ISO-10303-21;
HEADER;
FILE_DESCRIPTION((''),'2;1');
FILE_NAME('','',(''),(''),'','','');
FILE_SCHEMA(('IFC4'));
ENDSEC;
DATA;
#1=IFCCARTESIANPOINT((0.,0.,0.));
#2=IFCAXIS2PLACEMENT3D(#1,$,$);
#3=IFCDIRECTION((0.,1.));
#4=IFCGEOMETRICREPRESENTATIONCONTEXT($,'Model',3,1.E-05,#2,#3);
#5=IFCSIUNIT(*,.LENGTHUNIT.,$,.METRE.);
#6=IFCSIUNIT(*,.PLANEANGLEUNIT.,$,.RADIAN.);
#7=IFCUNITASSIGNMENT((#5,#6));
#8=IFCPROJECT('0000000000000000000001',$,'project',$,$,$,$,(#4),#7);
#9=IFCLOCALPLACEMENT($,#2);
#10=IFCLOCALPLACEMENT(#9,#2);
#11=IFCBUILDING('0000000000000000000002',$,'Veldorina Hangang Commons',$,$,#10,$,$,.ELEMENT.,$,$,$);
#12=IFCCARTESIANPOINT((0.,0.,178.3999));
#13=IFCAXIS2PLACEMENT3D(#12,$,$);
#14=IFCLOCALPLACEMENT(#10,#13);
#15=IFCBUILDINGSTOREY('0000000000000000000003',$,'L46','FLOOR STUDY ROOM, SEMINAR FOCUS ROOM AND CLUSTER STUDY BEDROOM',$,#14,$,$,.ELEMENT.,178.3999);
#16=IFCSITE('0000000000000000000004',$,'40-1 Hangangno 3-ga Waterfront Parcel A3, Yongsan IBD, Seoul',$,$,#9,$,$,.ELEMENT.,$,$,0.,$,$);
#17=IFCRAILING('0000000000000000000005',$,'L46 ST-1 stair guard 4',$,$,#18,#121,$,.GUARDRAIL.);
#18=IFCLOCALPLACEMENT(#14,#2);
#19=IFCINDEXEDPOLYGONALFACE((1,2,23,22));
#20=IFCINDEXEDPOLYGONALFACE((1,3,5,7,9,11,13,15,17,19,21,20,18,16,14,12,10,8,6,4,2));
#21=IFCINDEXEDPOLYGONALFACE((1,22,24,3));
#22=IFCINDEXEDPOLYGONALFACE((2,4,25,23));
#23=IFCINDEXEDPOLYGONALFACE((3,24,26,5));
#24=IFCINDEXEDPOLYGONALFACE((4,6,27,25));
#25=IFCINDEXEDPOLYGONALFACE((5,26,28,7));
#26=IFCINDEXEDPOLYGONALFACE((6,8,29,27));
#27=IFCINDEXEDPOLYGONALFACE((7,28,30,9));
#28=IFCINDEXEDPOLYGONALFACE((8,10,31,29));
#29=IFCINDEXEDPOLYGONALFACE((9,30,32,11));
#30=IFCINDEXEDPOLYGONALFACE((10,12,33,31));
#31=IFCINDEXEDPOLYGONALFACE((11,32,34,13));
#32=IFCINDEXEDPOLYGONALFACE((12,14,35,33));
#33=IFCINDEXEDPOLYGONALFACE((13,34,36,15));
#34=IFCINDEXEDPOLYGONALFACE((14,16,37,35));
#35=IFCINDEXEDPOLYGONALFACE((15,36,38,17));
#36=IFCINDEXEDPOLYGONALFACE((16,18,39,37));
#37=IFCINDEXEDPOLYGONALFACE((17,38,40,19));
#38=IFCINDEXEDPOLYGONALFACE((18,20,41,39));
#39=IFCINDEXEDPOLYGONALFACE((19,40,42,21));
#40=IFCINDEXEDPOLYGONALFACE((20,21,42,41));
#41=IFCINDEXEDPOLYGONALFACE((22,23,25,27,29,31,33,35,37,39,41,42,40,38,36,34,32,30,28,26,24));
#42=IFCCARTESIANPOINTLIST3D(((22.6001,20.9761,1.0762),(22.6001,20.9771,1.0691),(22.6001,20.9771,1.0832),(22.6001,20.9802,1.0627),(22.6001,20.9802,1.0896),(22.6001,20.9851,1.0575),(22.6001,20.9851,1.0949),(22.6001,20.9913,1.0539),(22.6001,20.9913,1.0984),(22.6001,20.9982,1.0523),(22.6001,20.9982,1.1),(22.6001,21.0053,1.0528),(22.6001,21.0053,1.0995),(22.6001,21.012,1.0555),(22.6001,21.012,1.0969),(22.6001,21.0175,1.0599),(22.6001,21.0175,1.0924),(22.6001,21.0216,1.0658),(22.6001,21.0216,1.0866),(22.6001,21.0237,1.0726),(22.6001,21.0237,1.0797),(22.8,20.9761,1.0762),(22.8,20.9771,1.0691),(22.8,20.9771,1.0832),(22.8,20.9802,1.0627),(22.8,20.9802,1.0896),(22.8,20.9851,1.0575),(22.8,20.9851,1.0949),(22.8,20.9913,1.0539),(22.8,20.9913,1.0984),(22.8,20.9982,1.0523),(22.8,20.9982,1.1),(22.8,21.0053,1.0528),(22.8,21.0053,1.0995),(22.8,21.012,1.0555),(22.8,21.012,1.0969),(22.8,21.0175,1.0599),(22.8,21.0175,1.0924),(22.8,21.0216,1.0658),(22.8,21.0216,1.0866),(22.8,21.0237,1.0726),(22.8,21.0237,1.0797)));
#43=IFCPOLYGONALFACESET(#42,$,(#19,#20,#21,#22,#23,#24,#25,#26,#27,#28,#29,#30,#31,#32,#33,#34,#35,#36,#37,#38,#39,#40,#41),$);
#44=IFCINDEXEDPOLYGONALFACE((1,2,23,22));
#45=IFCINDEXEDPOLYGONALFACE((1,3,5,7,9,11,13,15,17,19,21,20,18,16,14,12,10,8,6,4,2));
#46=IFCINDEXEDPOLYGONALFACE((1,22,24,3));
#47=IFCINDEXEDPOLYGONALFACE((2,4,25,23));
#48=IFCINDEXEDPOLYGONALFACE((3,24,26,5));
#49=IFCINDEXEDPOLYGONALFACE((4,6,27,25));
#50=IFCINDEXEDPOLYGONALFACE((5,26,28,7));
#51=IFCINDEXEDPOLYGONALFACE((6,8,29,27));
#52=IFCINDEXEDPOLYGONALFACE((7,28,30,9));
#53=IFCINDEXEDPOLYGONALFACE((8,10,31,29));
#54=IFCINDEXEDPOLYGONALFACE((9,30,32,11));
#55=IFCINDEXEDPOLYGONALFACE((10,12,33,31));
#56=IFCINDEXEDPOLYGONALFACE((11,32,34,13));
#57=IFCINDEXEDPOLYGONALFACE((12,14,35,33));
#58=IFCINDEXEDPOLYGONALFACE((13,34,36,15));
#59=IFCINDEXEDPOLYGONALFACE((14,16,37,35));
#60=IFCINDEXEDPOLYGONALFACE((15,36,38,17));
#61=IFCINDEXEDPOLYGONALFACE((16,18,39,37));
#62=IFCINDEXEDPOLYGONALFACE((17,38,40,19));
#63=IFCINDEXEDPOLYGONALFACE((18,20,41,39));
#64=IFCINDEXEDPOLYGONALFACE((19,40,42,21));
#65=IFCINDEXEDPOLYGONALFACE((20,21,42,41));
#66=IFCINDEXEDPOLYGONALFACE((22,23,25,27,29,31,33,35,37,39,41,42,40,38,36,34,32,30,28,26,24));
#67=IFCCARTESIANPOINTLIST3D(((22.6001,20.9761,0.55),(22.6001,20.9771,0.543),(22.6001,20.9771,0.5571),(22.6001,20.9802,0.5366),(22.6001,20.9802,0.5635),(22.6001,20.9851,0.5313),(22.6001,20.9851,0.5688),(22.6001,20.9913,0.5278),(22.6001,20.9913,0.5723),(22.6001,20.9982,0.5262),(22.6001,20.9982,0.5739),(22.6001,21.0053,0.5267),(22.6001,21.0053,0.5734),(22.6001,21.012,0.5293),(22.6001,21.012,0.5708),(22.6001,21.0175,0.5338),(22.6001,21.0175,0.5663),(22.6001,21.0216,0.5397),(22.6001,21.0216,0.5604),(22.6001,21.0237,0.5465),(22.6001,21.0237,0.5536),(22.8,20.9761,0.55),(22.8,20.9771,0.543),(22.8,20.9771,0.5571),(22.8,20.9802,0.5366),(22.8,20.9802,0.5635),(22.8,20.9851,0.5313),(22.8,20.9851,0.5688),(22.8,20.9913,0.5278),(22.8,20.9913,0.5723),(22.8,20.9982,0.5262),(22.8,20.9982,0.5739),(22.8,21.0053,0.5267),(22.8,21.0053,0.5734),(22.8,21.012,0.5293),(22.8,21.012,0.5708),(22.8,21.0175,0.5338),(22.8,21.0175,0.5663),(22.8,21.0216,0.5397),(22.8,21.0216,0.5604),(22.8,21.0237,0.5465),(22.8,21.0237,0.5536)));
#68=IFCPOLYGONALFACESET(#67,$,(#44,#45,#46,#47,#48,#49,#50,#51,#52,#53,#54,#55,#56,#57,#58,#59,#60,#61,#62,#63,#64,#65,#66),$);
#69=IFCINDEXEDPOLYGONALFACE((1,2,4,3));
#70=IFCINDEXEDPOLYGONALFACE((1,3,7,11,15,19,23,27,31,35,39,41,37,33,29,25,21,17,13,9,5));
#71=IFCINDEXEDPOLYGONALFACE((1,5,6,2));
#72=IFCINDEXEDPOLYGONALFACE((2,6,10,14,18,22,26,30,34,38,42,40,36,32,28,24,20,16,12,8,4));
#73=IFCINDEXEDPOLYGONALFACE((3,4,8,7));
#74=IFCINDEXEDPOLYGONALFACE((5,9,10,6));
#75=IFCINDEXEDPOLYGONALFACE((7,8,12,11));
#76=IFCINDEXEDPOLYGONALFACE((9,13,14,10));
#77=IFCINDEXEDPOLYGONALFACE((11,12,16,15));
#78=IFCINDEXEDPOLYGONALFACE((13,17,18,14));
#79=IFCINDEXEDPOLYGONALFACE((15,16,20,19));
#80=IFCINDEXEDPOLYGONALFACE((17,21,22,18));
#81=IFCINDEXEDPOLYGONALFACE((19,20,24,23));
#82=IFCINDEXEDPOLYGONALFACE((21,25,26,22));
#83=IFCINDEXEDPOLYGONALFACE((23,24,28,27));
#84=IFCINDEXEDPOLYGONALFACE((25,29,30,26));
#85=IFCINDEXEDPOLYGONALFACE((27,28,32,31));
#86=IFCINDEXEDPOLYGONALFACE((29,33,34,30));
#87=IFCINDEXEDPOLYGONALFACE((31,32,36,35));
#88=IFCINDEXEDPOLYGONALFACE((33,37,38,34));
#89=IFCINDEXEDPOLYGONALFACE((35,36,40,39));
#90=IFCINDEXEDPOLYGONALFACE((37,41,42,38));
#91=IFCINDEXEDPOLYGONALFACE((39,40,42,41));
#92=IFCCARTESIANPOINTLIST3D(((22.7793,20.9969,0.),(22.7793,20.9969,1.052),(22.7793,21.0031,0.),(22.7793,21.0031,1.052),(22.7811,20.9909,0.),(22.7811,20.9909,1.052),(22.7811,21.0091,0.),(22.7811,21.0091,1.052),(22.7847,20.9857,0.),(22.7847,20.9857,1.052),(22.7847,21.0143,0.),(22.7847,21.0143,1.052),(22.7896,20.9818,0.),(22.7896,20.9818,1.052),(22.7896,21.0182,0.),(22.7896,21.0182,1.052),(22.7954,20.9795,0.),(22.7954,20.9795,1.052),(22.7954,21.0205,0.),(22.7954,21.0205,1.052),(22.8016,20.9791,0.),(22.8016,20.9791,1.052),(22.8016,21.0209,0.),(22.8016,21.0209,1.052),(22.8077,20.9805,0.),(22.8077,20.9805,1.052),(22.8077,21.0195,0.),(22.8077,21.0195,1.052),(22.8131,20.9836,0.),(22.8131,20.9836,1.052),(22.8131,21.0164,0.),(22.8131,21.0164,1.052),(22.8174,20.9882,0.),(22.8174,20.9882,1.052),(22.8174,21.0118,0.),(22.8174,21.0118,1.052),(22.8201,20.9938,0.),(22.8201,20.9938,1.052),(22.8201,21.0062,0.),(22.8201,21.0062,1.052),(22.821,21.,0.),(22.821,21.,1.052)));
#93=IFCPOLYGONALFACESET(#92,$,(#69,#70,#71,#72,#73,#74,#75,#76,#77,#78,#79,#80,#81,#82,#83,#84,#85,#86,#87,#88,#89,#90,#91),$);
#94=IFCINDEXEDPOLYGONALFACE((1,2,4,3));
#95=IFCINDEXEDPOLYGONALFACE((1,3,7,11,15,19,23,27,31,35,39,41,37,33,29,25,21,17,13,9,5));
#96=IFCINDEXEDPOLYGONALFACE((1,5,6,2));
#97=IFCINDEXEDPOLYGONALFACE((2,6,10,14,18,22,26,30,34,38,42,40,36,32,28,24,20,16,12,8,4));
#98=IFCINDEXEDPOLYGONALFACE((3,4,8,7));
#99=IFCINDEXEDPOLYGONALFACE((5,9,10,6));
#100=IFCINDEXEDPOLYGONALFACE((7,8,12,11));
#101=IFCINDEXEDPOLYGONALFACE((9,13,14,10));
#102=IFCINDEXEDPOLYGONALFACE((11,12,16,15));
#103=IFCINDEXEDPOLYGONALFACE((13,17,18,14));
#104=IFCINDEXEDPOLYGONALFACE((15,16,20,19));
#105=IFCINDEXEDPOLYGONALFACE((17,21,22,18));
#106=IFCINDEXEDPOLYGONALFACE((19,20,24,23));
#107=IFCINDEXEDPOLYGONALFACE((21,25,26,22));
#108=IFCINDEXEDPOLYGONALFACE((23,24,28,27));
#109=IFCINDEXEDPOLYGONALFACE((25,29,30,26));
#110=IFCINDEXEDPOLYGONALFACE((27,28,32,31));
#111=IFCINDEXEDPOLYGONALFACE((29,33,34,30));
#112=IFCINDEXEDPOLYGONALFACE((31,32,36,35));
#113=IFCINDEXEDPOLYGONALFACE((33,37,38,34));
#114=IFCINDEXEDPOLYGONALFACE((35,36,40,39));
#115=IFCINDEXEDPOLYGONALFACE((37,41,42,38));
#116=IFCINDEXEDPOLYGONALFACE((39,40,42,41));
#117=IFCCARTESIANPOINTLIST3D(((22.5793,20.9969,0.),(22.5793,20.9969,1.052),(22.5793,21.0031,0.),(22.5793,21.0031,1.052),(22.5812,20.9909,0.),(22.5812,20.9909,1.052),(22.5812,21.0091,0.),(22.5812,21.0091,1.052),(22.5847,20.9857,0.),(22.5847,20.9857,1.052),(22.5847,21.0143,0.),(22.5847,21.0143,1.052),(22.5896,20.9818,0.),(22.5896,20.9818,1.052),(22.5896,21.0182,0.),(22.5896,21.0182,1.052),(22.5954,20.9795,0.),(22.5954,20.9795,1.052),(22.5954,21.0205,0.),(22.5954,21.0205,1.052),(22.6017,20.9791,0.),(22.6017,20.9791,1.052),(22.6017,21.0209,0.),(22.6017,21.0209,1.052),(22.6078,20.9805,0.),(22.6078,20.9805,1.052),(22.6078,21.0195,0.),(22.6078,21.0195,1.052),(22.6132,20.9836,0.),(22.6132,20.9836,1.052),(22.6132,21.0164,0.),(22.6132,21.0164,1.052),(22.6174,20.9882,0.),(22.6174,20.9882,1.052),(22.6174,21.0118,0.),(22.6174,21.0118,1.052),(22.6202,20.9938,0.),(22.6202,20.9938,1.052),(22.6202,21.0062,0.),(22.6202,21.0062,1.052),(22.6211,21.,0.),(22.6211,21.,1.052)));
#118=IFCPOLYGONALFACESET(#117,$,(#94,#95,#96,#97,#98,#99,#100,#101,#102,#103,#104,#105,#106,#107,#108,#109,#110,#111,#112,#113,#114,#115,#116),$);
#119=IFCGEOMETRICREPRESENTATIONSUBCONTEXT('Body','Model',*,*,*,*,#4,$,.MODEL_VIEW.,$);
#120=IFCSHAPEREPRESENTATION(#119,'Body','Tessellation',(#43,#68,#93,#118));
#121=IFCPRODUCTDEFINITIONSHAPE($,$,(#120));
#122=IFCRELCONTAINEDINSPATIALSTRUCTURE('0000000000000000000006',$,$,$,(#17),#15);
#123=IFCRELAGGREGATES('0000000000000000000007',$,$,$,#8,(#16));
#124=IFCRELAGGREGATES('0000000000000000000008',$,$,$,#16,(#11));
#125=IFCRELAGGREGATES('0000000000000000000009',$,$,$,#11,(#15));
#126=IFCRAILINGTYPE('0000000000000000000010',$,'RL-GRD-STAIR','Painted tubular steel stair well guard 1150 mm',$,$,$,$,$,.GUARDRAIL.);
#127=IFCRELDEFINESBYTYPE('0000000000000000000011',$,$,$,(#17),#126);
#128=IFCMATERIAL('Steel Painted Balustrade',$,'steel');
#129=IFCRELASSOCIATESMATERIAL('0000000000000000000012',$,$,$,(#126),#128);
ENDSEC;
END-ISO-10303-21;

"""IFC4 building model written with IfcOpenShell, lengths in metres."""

from ifc_helpers import new_model, si_unit, direction, frame, origin, origin_2d, place, context, subcontext, project, spatial, circle, extrude, material, type_object, element, save


model = new_model("IFC4")

# Units and contexts
model_context = context("Model", 3, precision=1e-05, world=origin(), true_north=direction((0.0, 1.0)))
body_context = subcontext(model_context, "Body", "Model", "MODEL_VIEW")
ifc_project = project(units=[si_unit("LENGTHUNIT", "METRE"), si_unit("PLANEANGLEUNIT", "RADIAN")], contexts=[model_context])

# Site, building, storey
site_placement = place(None, origin())
site = spatial("IfcSite", under=ifc_project, at=site_placement, Name="40-1 Hangangno 3-ga Waterfront Parcel A3, Yongsan IBD, Seoul", CompositionType="ELEMENT", RefElevation=0.0)
building_placement = place(site_placement, origin())
building = spatial("IfcBuilding", under=site, at=building_placement, Name="Veldorina Hangang Commons", CompositionType="ELEMENT")
storey_placement = place(building_placement, frame((0.0, 0.0, 178.3999)))
storey = spatial("IfcBuildingStorey", under=building, at=storey_placement, Name="L46", Description="FLOOR STUDY ROOM, SEMINAR FOCUS ROOM AND CLUSTER STUDY BEDROOM", CompositionType="ELEMENT", Elevation=178.3999)

# Railing
ifc_material_1 = material(Name="Steel Painted Balustrade", Category="steel")
railing_type_1 = type_object("IfcRailingType", Name="RL-GRD-STAIR", Description="Painted tubular steel stair well guard 1150 mm", PredefinedType="GUARDRAIL", material=ifc_material_1)
railing_1_placement = place(storey_placement, frame((22.8, 21.0, 0.0)))
element("IfcRailing", 1, at=railing_1_placement, inside=storey, type_object=railing_type_1, Name="L46 ST-1 stair guard 4", PredefinedType="GUARDRAIL", context=body_context, shape_type="SweptSolid", body=[
    extrude(circle(Radius=0.0239, at=origin_2d()), frame((0.0, 0.0, 1.0762), z_axis=(-1.0, 0.0, 0.0), x_axis=(0.0, -1.0, 0.0)), (0.0, 0.0, 1.0), 0.2),
    extrude(circle(Radius=0.0239, at=origin_2d()), frame((0.0, 0.0, 0.55), z_axis=(-1.0, 0.0, 0.0), x_axis=(0.0, -1.0, 0.0)), (0.0, 0.0, 1.0), 0.2),
    extrude(circle(Radius=0.021, at=origin_2d()), origin(), (0.0, 0.0, 1.0), 1.052),
    extrude(circle(Radius=0.021, at=origin_2d()), frame((-0.2, 0.0, 0.0)), (0.0, 0.0, 1.0), 1.052),
])

save(model, "model.ifc")
